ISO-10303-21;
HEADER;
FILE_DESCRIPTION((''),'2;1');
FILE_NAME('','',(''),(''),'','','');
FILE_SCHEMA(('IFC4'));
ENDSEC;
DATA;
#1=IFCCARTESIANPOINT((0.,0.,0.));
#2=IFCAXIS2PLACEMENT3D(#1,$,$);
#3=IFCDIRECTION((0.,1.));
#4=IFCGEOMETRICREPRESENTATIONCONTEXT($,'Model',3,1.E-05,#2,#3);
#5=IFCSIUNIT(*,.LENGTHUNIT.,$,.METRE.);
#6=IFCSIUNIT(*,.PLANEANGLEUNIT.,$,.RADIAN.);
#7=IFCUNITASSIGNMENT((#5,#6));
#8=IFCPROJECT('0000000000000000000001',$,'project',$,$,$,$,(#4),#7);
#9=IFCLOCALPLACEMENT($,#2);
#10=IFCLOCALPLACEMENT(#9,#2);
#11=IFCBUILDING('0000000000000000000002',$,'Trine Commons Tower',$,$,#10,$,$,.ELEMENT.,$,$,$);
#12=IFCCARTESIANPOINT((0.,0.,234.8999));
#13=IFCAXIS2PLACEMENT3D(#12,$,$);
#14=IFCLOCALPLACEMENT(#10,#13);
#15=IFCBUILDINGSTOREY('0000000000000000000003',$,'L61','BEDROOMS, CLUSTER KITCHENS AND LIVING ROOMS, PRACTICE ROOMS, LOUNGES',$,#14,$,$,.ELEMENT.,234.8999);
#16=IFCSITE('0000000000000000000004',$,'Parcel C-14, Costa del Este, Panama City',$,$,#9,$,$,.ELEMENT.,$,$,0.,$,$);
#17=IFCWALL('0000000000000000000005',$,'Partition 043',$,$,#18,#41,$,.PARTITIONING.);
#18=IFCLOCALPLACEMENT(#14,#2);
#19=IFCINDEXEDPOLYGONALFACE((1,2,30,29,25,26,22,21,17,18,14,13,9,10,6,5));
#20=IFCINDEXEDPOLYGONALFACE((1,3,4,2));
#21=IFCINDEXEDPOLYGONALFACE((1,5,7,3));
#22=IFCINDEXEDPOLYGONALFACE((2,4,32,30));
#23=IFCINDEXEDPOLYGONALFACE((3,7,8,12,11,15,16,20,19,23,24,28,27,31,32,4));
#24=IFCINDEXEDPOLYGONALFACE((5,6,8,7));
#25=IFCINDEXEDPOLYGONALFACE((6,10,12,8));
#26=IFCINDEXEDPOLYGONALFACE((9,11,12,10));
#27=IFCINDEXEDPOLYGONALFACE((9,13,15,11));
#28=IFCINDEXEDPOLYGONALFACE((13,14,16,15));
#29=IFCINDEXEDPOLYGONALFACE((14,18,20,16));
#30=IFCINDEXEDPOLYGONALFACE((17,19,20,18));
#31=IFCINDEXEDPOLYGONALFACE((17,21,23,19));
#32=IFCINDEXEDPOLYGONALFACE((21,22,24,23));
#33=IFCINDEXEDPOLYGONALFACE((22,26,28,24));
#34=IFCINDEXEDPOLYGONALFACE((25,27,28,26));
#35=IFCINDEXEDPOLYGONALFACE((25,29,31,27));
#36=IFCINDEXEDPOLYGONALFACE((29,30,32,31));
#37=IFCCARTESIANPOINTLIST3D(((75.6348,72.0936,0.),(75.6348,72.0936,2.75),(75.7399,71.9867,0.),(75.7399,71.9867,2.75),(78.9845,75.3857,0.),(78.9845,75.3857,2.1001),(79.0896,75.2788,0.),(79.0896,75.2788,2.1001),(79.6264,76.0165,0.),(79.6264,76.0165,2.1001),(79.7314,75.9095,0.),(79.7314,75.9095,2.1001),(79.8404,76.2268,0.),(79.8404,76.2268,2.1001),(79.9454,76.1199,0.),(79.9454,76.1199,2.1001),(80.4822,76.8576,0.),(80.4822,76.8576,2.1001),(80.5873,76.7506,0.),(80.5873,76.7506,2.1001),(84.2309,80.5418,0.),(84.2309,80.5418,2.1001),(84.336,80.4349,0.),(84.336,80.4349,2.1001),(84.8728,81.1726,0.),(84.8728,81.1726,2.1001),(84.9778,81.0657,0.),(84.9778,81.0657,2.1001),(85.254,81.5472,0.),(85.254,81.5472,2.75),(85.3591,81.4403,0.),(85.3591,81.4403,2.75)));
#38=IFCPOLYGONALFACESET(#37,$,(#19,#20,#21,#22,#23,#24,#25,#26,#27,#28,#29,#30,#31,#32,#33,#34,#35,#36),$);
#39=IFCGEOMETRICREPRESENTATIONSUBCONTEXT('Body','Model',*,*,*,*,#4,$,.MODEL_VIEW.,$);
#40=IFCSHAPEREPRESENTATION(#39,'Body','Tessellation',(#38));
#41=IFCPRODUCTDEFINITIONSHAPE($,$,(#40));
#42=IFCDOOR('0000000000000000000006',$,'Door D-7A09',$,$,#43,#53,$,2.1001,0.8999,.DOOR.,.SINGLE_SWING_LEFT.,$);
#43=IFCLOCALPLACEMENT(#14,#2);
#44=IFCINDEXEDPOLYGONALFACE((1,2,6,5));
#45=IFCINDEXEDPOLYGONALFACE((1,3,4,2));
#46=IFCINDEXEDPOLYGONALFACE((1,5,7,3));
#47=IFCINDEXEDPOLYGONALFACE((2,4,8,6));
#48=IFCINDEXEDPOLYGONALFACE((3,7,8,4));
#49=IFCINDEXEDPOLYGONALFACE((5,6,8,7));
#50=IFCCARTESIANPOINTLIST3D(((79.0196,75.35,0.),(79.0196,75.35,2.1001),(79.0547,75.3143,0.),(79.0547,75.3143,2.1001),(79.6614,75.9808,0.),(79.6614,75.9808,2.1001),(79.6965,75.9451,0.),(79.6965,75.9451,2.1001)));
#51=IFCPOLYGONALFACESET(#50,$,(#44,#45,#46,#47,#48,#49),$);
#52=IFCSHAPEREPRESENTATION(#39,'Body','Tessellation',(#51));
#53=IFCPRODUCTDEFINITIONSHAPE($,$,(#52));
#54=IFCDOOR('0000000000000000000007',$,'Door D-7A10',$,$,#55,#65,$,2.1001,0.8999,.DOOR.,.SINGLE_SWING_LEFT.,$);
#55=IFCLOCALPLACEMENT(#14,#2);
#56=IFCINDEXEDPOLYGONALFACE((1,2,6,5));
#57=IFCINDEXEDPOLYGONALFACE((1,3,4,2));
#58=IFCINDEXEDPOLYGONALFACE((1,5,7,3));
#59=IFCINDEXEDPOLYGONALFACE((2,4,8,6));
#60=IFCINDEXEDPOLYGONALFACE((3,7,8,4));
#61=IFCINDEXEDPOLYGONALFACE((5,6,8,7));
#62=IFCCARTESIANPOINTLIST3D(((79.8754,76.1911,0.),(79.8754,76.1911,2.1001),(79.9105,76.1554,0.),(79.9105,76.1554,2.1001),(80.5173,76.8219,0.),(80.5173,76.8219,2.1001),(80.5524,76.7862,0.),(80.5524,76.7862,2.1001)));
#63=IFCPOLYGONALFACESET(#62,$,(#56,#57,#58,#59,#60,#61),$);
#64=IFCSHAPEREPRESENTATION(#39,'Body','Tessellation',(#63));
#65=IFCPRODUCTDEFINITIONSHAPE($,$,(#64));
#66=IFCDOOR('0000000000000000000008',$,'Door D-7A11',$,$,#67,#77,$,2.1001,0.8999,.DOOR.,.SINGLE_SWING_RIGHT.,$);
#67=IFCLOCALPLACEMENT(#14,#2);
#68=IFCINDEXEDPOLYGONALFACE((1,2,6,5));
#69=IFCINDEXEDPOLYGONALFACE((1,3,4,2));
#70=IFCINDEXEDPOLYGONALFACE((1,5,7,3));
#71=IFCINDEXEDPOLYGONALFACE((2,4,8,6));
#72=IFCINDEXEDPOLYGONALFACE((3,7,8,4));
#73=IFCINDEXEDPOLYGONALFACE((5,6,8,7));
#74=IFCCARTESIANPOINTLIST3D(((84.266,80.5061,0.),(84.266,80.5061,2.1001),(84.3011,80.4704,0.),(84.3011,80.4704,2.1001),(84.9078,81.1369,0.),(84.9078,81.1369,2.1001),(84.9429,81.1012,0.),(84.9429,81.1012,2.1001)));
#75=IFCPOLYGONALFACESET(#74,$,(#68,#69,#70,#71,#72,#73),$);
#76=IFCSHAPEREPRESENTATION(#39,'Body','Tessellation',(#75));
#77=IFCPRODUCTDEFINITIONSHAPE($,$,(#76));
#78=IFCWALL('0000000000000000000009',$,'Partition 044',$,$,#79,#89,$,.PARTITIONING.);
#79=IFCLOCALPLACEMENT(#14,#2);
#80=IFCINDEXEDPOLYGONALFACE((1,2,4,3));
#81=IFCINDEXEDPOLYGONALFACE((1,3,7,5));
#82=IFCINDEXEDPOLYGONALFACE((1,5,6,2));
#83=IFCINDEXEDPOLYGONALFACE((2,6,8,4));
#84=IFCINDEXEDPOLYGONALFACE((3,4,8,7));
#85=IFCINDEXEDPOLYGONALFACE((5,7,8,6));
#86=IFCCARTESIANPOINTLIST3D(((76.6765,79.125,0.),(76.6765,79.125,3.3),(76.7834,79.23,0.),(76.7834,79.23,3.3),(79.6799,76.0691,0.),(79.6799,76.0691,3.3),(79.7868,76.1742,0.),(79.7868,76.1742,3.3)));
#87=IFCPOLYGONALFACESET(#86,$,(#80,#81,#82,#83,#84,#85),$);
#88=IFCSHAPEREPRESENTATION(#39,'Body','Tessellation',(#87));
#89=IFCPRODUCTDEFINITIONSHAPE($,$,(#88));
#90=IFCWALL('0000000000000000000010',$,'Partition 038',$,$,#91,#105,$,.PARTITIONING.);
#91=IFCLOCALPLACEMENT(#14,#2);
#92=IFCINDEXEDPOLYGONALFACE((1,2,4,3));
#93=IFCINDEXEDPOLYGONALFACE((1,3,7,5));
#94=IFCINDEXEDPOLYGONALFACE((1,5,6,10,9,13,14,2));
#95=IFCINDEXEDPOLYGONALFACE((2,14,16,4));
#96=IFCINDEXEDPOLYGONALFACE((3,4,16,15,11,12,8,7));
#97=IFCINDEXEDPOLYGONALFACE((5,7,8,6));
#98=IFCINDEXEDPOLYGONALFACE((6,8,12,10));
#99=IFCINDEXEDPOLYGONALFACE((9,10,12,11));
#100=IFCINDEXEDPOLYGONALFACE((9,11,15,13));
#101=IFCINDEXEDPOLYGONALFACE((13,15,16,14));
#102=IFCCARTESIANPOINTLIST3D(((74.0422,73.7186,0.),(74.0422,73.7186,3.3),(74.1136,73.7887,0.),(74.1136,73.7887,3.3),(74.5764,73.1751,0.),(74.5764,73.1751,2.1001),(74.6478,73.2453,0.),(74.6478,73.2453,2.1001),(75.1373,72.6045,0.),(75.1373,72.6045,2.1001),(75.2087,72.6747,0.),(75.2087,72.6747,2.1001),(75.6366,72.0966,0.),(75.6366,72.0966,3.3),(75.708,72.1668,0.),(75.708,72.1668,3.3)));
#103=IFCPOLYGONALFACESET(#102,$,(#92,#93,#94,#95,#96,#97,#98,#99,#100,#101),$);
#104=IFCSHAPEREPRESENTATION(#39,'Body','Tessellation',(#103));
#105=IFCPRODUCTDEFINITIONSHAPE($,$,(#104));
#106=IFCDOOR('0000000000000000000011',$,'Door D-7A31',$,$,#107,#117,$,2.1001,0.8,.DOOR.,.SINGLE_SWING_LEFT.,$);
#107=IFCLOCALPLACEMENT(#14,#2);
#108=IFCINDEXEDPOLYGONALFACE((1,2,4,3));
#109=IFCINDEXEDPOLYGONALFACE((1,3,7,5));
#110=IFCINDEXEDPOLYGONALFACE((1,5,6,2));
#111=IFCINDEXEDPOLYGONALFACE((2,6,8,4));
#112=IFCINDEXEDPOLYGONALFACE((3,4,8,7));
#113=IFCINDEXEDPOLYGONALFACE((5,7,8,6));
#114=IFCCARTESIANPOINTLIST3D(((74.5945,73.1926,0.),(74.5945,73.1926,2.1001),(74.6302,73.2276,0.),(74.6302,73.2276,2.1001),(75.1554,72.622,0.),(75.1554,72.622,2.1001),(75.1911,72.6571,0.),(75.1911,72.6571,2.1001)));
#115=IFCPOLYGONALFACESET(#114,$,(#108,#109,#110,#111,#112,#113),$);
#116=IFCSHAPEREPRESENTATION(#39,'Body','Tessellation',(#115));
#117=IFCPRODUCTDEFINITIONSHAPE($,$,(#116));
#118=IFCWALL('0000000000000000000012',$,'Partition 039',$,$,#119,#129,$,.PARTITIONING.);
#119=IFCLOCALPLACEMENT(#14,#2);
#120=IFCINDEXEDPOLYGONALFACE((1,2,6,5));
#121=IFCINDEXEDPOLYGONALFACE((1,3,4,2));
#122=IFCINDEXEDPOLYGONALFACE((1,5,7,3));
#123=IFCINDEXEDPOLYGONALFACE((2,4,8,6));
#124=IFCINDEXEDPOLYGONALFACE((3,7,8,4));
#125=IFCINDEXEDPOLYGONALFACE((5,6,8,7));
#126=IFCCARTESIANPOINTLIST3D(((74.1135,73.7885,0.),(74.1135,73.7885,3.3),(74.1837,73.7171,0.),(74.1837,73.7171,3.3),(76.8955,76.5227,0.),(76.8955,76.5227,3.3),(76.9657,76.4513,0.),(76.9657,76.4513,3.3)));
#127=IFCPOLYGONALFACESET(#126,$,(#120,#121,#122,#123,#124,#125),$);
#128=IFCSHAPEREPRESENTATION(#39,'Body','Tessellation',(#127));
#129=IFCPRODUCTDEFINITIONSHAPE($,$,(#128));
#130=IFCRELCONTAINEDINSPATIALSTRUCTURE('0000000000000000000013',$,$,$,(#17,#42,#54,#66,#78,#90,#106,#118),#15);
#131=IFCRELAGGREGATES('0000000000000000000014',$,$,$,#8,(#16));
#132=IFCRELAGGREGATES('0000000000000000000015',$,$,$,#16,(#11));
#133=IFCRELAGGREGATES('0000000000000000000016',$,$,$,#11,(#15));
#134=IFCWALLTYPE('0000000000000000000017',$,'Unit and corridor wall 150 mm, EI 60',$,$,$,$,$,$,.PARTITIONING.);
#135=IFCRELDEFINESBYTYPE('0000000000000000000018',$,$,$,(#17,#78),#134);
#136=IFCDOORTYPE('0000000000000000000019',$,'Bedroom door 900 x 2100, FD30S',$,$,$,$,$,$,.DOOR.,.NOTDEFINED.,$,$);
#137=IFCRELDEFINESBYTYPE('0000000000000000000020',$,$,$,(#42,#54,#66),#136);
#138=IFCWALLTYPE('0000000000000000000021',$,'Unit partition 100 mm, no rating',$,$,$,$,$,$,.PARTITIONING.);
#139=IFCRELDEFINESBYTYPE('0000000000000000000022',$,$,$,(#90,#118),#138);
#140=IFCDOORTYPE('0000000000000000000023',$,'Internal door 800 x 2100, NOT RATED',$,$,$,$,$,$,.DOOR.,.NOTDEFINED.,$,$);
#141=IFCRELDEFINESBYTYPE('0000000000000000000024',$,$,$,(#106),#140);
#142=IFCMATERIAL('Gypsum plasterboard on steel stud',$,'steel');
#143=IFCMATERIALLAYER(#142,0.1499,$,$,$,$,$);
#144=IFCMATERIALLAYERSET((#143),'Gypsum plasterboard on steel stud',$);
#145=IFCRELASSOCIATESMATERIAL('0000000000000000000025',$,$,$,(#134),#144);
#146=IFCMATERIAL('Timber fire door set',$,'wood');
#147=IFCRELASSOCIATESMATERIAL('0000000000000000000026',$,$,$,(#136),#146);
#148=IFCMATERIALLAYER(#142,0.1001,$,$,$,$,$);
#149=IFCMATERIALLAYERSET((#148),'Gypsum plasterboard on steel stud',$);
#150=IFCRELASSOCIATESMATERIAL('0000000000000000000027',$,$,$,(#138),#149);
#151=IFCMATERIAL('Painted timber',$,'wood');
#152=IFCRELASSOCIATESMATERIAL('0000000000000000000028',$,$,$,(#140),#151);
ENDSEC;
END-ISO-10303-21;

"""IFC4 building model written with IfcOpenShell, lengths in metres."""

from ifc_helpers import new_model, si_unit, direction, frame, frame_2d, origin, place, context, subcontext, project, spatial, rectangle, extrude, material, layer, layer_set, type_object, element, fill, save


model = new_model("IFC4")

# Units and contexts
model_context = context("Model", 3, precision=1e-05, world=origin(), true_north=direction((0.0, 1.0)))
body_context = subcontext(model_context, "Body", "Model", "MODEL_VIEW")
ifc_project = project(units=[si_unit("LENGTHUNIT", "METRE"), si_unit("PLANEANGLEUNIT", "RADIAN")], contexts=[model_context])

# Site, building, storey
site_placement = place(None, origin())
site = spatial("IfcSite", under=ifc_project, at=site_placement, Name="Parcel C-14, Costa del Este, Panama City", CompositionType="ELEMENT", RefElevation=0.0)
building_placement = place(site_placement, origin())
building = spatial("IfcBuilding", under=site, at=building_placement, Name="Trine Commons Tower", CompositionType="ELEMENT")
storey_placement = place(building_placement, frame((0.0, 0.0, 234.8999)))
storey = spatial("IfcBuildingStorey", under=building, at=storey_placement, Name="L61", Description="BEDROOMS, CLUSTER KITCHENS AND LIVING ROOMS, PRACTICE ROOMS, LOUNGES", CompositionType="ELEMENT", Elevation=234.8999)

# Shared definitions
ifc_material_1 = material(Name="Gypsum plasterboard on steel stud", Category="steel")
ifc_layer_1 = layer(ifc_material_1, 0.1499)
ifc_layer_set_1 = layer_set([ifc_layer_1], Name="Gypsum plasterboard on steel stud")
wall_type_1 = type_object("IfcWallType", Name="Unit and corridor wall 150 mm, EI 60", PredefinedType="PARTITIONING", material=ifc_layer_set_1)

# Shared definitions
ifc_material_2 = material(Name="Painted timber", Category="wood")

# Shared definitions
ifc_material_3 = material(Name="Timber fire door set", Category="wood")
door_type_1 = type_object("IfcDoorType", Name="Bedroom door 900 x 2100, FD30S", OperationType="NOTDEFINED", PredefinedType="DOOR", material=ifc_material_3)

# Wall, openings, doors
wall_1_placement = place(storey_placement, frame((75.6873, 72.04, 0.0), z_axis=(0.0, 0.0, 1.0), x_axis=(0.713217, 0.700944, 0.0)))
wall_1 = element("IfcWall", 1, at=wall_1_placement, inside=storey, type_object=wall_type_1, Name="Partition 043", PredefinedType="PARTITIONING", context=body_context, shape_type="SweptSolid", body=[
    extrude(rectangle(XDim=13.4871, YDim=0.1499, at=frame_2d((6.7437, 0.0))), origin(), (0.0, 0.0, 1.0), 2.75),
])
opening_1_placement = place(wall_1_placement, frame((4.6968, 0.0, 0.0)))
opening_1 = element("IfcOpeningElement", 2, at=opening_1_placement, cuts=wall_1, PredefinedType="OPENING", context=body_context, shape_type="SweptSolid", body=[
    extrude(rectangle(XDim=0.8999, YDim=2.1001, at=frame_2d((0.45, 1.05))), frame((0.0, 0.085, 0.0), z_axis=(0.0, -1.0, 0.0), x_axis=(1.0, 0.0, 0.0)), (0.0, 0.0, 1.0), 0.1699),
])
opening_2_placement = place(wall_1_placement, frame((5.8967, 0.0, 0.0)))
opening_2 = element("IfcOpeningElement", 3, at=opening_2_placement, cuts=wall_1, PredefinedType="OPENING", context=body_context, shape_type="SweptSolid", body=[
    extrude(rectangle(XDim=0.8999, YDim=2.1001, at=frame_2d((0.45, 1.05))), frame((0.0, 0.085, 0.0), z_axis=(0.0, -1.0, 0.0), x_axis=(1.0, 0.0, 0.0)), (0.0, 0.0, 1.0), 0.1699),
])
opening_3_placement = place(wall_1_placement, frame((12.0527, 0.0, 0.0)))
opening_3 = element("IfcOpeningElement", 4, at=opening_3_placement, cuts=wall_1, PredefinedType="OPENING", context=body_context, shape_type="SweptSolid", body=[
    extrude(rectangle(XDim=0.8999, YDim=2.1001, at=frame_2d((0.45, 1.05))), frame((0.0, 0.085, 0.0), z_axis=(0.0, -1.0, 0.0), x_axis=(1.0, 0.0, 0.0)), (0.0, 0.0, 1.0), 0.1699),
])
door_1_placement = place(opening_1_placement, origin())
door_1 = element("IfcDoor", 5, at=door_1_placement, inside=storey, type_object=door_type_1, Name="Door D-7A09", OperationType="SINGLE_SWING_LEFT", OverallHeight=2.1001, OverallWidth=0.8999, PredefinedType="DOOR", context=body_context, shape_type="SweptSolid", body=[
    extrude(rectangle(XDim=0.8999, YDim=2.1001, at=frame_2d((0.45, 1.05))), frame((0.0, 0.0249, 0.0), z_axis=(0.0, -1.0, 0.0), x_axis=(1.0, 0.0, 0.0)), (0.0, 0.0, 1.0), 0.05),
])
fill(opening_1, door_1)
door_2_placement = place(opening_2_placement, origin())
door_2 = element("IfcDoor", 6, at=door_2_placement, inside=storey, type_object=door_type_1, Name="Door D-7A10", OperationType="SINGLE_SWING_LEFT", OverallHeight=2.1001, OverallWidth=0.8999, PredefinedType="DOOR", context=body_context, shape_type="SweptSolid", body=[
    extrude(rectangle(XDim=0.8999, YDim=2.1001, at=frame_2d((0.45, 1.05))), frame((0.0, 0.0249, 0.0), z_axis=(0.0, -1.0, 0.0), x_axis=(1.0, 0.0, 0.0)), (0.0, 0.0, 1.0), 0.05),
])
fill(opening_2, door_2)
door_3_placement = place(opening_3_placement, origin())
door_3 = element("IfcDoor", 7, at=door_3_placement, inside=storey, type_object=door_type_1, Name="Door D-7A11", OperationType="SINGLE_SWING_RIGHT", OverallHeight=2.1001, OverallWidth=0.8999, PredefinedType="DOOR", context=body_context, shape_type="SweptSolid", body=[
    extrude(rectangle(XDim=0.8999, YDim=2.1001, at=frame_2d((0.45, 1.05))), frame((0.0, 0.0249, 0.0), z_axis=(0.0, -1.0, 0.0), x_axis=(1.0, 0.0, 0.0)), (0.0, 0.0, 1.0), 0.05),
])
fill(opening_3, door_3)

# Wall
wall_2_placement = place(storey_placement, frame((76.73, 79.1775, 0.0), z_axis=(0.0, 0.0, 1.0), x_axis=(0.700955, -0.713205, 0.0)))
element("IfcWall", 8, at=wall_2_placement, inside=storey, type_object=wall_type_1, Name="Partition 044", PredefinedType="PARTITIONING", context=body_context, shape_type="SweptSolid", body=[
    extrude(rectangle(XDim=4.2847, YDim=0.1499, at=frame_2d((2.1423, 0.0))), origin(), (0.0, 0.0, 1.0), 3.3),
])

# Wall, opening, door
ifc_layer_2 = layer(ifc_material_1, 0.1001)
ifc_layer_set_2 = layer_set([ifc_layer_2], Name="Gypsum plasterboard on steel stud")
wall_type_2 = type_object("IfcWallType", Name="Unit partition 100 mm, no rating", PredefinedType="PARTITIONING", material=ifc_layer_set_2)
wall_3_placement = place(storey_placement, frame((74.0779, 73.7537, 0.0), z_axis=(0.0, 0.0, 1.0), x_axis=(0.701016, -0.713145, 0.0)))
wall_3 = element("IfcWall", 9, at=wall_3_placement, inside=storey, type_object=wall_type_2, Name="Partition 038", PredefinedType="PARTITIONING", context=body_context, shape_type="SweptSolid", body=[
    extrude(rectangle(XDim=2.2744, YDim=0.1001, at=frame_2d((1.1372, 0.0))), origin(), (0.0, 0.0, 1.0), 3.3),
])
opening_4_placement = place(wall_3_placement, frame((0.7622, 0.0, 0.0)))
opening_4 = element("IfcOpeningElement", 10, at=opening_4_placement, cuts=wall_3, PredefinedType="OPENING", context=body_context, shape_type="SweptSolid", body=[
    extrude(rectangle(XDim=0.8, YDim=2.1001, at=frame_2d((0.3999, 1.05))), frame((0.0, 0.0601, 0.0), z_axis=(0.0, -1.0, 0.0), x_axis=(1.0, 0.0, 0.0)), (0.0, 0.0, 1.0), 0.1201),
])
door_type_2 = type_object("IfcDoorType", Name="Internal door 800 x 2100, NOT RATED", OperationType="NOTDEFINED", PredefinedType="DOOR", material=ifc_material_2)
door_4_placement = place(opening_4_placement, frame((0.8, 0.0, 0.0), z_axis=(0.0, 0.0, 1.0), x_axis=(-1.0, 0.0, 0.0)))
door_4 = element("IfcDoor", 11, at=door_4_placement, inside=storey, type_object=door_type_2, Name="Door D-7A31", OperationType="SINGLE_SWING_LEFT", OverallHeight=2.1001, OverallWidth=0.8, PredefinedType="DOOR", context=body_context, shape_type="SweptSolid", body=[
    extrude(rectangle(XDim=0.8, YDim=2.1001, at=frame_2d((0.3999, 1.05))), frame((0.0, 0.0249, 0.0), z_axis=(0.0, -1.0, 0.0), x_axis=(1.0, 0.0, 0.0)), (0.0, 0.0, 1.0), 0.05),
])
fill(opening_4, door_4)

# Wall
wall_4_placement = place(storey_placement, frame((74.1487, 73.7529, 0.0), z_axis=(0.0, 0.0, 1.0), x_axis=(0.713214, 0.700946, 0.0)))
element("IfcWall", 12, at=wall_4_placement, inside=storey, type_object=wall_type_2, Name="Partition 039", PredefinedType="PARTITIONING", context=body_context, shape_type="SweptSolid", body=[
    extrude(rectangle(XDim=3.9006, YDim=0.1001, at=frame_2d((1.9502, 0.0))), origin(), (0.0, 0.0, 1.0), 3.3),
])

save(model, "model.ifc")
